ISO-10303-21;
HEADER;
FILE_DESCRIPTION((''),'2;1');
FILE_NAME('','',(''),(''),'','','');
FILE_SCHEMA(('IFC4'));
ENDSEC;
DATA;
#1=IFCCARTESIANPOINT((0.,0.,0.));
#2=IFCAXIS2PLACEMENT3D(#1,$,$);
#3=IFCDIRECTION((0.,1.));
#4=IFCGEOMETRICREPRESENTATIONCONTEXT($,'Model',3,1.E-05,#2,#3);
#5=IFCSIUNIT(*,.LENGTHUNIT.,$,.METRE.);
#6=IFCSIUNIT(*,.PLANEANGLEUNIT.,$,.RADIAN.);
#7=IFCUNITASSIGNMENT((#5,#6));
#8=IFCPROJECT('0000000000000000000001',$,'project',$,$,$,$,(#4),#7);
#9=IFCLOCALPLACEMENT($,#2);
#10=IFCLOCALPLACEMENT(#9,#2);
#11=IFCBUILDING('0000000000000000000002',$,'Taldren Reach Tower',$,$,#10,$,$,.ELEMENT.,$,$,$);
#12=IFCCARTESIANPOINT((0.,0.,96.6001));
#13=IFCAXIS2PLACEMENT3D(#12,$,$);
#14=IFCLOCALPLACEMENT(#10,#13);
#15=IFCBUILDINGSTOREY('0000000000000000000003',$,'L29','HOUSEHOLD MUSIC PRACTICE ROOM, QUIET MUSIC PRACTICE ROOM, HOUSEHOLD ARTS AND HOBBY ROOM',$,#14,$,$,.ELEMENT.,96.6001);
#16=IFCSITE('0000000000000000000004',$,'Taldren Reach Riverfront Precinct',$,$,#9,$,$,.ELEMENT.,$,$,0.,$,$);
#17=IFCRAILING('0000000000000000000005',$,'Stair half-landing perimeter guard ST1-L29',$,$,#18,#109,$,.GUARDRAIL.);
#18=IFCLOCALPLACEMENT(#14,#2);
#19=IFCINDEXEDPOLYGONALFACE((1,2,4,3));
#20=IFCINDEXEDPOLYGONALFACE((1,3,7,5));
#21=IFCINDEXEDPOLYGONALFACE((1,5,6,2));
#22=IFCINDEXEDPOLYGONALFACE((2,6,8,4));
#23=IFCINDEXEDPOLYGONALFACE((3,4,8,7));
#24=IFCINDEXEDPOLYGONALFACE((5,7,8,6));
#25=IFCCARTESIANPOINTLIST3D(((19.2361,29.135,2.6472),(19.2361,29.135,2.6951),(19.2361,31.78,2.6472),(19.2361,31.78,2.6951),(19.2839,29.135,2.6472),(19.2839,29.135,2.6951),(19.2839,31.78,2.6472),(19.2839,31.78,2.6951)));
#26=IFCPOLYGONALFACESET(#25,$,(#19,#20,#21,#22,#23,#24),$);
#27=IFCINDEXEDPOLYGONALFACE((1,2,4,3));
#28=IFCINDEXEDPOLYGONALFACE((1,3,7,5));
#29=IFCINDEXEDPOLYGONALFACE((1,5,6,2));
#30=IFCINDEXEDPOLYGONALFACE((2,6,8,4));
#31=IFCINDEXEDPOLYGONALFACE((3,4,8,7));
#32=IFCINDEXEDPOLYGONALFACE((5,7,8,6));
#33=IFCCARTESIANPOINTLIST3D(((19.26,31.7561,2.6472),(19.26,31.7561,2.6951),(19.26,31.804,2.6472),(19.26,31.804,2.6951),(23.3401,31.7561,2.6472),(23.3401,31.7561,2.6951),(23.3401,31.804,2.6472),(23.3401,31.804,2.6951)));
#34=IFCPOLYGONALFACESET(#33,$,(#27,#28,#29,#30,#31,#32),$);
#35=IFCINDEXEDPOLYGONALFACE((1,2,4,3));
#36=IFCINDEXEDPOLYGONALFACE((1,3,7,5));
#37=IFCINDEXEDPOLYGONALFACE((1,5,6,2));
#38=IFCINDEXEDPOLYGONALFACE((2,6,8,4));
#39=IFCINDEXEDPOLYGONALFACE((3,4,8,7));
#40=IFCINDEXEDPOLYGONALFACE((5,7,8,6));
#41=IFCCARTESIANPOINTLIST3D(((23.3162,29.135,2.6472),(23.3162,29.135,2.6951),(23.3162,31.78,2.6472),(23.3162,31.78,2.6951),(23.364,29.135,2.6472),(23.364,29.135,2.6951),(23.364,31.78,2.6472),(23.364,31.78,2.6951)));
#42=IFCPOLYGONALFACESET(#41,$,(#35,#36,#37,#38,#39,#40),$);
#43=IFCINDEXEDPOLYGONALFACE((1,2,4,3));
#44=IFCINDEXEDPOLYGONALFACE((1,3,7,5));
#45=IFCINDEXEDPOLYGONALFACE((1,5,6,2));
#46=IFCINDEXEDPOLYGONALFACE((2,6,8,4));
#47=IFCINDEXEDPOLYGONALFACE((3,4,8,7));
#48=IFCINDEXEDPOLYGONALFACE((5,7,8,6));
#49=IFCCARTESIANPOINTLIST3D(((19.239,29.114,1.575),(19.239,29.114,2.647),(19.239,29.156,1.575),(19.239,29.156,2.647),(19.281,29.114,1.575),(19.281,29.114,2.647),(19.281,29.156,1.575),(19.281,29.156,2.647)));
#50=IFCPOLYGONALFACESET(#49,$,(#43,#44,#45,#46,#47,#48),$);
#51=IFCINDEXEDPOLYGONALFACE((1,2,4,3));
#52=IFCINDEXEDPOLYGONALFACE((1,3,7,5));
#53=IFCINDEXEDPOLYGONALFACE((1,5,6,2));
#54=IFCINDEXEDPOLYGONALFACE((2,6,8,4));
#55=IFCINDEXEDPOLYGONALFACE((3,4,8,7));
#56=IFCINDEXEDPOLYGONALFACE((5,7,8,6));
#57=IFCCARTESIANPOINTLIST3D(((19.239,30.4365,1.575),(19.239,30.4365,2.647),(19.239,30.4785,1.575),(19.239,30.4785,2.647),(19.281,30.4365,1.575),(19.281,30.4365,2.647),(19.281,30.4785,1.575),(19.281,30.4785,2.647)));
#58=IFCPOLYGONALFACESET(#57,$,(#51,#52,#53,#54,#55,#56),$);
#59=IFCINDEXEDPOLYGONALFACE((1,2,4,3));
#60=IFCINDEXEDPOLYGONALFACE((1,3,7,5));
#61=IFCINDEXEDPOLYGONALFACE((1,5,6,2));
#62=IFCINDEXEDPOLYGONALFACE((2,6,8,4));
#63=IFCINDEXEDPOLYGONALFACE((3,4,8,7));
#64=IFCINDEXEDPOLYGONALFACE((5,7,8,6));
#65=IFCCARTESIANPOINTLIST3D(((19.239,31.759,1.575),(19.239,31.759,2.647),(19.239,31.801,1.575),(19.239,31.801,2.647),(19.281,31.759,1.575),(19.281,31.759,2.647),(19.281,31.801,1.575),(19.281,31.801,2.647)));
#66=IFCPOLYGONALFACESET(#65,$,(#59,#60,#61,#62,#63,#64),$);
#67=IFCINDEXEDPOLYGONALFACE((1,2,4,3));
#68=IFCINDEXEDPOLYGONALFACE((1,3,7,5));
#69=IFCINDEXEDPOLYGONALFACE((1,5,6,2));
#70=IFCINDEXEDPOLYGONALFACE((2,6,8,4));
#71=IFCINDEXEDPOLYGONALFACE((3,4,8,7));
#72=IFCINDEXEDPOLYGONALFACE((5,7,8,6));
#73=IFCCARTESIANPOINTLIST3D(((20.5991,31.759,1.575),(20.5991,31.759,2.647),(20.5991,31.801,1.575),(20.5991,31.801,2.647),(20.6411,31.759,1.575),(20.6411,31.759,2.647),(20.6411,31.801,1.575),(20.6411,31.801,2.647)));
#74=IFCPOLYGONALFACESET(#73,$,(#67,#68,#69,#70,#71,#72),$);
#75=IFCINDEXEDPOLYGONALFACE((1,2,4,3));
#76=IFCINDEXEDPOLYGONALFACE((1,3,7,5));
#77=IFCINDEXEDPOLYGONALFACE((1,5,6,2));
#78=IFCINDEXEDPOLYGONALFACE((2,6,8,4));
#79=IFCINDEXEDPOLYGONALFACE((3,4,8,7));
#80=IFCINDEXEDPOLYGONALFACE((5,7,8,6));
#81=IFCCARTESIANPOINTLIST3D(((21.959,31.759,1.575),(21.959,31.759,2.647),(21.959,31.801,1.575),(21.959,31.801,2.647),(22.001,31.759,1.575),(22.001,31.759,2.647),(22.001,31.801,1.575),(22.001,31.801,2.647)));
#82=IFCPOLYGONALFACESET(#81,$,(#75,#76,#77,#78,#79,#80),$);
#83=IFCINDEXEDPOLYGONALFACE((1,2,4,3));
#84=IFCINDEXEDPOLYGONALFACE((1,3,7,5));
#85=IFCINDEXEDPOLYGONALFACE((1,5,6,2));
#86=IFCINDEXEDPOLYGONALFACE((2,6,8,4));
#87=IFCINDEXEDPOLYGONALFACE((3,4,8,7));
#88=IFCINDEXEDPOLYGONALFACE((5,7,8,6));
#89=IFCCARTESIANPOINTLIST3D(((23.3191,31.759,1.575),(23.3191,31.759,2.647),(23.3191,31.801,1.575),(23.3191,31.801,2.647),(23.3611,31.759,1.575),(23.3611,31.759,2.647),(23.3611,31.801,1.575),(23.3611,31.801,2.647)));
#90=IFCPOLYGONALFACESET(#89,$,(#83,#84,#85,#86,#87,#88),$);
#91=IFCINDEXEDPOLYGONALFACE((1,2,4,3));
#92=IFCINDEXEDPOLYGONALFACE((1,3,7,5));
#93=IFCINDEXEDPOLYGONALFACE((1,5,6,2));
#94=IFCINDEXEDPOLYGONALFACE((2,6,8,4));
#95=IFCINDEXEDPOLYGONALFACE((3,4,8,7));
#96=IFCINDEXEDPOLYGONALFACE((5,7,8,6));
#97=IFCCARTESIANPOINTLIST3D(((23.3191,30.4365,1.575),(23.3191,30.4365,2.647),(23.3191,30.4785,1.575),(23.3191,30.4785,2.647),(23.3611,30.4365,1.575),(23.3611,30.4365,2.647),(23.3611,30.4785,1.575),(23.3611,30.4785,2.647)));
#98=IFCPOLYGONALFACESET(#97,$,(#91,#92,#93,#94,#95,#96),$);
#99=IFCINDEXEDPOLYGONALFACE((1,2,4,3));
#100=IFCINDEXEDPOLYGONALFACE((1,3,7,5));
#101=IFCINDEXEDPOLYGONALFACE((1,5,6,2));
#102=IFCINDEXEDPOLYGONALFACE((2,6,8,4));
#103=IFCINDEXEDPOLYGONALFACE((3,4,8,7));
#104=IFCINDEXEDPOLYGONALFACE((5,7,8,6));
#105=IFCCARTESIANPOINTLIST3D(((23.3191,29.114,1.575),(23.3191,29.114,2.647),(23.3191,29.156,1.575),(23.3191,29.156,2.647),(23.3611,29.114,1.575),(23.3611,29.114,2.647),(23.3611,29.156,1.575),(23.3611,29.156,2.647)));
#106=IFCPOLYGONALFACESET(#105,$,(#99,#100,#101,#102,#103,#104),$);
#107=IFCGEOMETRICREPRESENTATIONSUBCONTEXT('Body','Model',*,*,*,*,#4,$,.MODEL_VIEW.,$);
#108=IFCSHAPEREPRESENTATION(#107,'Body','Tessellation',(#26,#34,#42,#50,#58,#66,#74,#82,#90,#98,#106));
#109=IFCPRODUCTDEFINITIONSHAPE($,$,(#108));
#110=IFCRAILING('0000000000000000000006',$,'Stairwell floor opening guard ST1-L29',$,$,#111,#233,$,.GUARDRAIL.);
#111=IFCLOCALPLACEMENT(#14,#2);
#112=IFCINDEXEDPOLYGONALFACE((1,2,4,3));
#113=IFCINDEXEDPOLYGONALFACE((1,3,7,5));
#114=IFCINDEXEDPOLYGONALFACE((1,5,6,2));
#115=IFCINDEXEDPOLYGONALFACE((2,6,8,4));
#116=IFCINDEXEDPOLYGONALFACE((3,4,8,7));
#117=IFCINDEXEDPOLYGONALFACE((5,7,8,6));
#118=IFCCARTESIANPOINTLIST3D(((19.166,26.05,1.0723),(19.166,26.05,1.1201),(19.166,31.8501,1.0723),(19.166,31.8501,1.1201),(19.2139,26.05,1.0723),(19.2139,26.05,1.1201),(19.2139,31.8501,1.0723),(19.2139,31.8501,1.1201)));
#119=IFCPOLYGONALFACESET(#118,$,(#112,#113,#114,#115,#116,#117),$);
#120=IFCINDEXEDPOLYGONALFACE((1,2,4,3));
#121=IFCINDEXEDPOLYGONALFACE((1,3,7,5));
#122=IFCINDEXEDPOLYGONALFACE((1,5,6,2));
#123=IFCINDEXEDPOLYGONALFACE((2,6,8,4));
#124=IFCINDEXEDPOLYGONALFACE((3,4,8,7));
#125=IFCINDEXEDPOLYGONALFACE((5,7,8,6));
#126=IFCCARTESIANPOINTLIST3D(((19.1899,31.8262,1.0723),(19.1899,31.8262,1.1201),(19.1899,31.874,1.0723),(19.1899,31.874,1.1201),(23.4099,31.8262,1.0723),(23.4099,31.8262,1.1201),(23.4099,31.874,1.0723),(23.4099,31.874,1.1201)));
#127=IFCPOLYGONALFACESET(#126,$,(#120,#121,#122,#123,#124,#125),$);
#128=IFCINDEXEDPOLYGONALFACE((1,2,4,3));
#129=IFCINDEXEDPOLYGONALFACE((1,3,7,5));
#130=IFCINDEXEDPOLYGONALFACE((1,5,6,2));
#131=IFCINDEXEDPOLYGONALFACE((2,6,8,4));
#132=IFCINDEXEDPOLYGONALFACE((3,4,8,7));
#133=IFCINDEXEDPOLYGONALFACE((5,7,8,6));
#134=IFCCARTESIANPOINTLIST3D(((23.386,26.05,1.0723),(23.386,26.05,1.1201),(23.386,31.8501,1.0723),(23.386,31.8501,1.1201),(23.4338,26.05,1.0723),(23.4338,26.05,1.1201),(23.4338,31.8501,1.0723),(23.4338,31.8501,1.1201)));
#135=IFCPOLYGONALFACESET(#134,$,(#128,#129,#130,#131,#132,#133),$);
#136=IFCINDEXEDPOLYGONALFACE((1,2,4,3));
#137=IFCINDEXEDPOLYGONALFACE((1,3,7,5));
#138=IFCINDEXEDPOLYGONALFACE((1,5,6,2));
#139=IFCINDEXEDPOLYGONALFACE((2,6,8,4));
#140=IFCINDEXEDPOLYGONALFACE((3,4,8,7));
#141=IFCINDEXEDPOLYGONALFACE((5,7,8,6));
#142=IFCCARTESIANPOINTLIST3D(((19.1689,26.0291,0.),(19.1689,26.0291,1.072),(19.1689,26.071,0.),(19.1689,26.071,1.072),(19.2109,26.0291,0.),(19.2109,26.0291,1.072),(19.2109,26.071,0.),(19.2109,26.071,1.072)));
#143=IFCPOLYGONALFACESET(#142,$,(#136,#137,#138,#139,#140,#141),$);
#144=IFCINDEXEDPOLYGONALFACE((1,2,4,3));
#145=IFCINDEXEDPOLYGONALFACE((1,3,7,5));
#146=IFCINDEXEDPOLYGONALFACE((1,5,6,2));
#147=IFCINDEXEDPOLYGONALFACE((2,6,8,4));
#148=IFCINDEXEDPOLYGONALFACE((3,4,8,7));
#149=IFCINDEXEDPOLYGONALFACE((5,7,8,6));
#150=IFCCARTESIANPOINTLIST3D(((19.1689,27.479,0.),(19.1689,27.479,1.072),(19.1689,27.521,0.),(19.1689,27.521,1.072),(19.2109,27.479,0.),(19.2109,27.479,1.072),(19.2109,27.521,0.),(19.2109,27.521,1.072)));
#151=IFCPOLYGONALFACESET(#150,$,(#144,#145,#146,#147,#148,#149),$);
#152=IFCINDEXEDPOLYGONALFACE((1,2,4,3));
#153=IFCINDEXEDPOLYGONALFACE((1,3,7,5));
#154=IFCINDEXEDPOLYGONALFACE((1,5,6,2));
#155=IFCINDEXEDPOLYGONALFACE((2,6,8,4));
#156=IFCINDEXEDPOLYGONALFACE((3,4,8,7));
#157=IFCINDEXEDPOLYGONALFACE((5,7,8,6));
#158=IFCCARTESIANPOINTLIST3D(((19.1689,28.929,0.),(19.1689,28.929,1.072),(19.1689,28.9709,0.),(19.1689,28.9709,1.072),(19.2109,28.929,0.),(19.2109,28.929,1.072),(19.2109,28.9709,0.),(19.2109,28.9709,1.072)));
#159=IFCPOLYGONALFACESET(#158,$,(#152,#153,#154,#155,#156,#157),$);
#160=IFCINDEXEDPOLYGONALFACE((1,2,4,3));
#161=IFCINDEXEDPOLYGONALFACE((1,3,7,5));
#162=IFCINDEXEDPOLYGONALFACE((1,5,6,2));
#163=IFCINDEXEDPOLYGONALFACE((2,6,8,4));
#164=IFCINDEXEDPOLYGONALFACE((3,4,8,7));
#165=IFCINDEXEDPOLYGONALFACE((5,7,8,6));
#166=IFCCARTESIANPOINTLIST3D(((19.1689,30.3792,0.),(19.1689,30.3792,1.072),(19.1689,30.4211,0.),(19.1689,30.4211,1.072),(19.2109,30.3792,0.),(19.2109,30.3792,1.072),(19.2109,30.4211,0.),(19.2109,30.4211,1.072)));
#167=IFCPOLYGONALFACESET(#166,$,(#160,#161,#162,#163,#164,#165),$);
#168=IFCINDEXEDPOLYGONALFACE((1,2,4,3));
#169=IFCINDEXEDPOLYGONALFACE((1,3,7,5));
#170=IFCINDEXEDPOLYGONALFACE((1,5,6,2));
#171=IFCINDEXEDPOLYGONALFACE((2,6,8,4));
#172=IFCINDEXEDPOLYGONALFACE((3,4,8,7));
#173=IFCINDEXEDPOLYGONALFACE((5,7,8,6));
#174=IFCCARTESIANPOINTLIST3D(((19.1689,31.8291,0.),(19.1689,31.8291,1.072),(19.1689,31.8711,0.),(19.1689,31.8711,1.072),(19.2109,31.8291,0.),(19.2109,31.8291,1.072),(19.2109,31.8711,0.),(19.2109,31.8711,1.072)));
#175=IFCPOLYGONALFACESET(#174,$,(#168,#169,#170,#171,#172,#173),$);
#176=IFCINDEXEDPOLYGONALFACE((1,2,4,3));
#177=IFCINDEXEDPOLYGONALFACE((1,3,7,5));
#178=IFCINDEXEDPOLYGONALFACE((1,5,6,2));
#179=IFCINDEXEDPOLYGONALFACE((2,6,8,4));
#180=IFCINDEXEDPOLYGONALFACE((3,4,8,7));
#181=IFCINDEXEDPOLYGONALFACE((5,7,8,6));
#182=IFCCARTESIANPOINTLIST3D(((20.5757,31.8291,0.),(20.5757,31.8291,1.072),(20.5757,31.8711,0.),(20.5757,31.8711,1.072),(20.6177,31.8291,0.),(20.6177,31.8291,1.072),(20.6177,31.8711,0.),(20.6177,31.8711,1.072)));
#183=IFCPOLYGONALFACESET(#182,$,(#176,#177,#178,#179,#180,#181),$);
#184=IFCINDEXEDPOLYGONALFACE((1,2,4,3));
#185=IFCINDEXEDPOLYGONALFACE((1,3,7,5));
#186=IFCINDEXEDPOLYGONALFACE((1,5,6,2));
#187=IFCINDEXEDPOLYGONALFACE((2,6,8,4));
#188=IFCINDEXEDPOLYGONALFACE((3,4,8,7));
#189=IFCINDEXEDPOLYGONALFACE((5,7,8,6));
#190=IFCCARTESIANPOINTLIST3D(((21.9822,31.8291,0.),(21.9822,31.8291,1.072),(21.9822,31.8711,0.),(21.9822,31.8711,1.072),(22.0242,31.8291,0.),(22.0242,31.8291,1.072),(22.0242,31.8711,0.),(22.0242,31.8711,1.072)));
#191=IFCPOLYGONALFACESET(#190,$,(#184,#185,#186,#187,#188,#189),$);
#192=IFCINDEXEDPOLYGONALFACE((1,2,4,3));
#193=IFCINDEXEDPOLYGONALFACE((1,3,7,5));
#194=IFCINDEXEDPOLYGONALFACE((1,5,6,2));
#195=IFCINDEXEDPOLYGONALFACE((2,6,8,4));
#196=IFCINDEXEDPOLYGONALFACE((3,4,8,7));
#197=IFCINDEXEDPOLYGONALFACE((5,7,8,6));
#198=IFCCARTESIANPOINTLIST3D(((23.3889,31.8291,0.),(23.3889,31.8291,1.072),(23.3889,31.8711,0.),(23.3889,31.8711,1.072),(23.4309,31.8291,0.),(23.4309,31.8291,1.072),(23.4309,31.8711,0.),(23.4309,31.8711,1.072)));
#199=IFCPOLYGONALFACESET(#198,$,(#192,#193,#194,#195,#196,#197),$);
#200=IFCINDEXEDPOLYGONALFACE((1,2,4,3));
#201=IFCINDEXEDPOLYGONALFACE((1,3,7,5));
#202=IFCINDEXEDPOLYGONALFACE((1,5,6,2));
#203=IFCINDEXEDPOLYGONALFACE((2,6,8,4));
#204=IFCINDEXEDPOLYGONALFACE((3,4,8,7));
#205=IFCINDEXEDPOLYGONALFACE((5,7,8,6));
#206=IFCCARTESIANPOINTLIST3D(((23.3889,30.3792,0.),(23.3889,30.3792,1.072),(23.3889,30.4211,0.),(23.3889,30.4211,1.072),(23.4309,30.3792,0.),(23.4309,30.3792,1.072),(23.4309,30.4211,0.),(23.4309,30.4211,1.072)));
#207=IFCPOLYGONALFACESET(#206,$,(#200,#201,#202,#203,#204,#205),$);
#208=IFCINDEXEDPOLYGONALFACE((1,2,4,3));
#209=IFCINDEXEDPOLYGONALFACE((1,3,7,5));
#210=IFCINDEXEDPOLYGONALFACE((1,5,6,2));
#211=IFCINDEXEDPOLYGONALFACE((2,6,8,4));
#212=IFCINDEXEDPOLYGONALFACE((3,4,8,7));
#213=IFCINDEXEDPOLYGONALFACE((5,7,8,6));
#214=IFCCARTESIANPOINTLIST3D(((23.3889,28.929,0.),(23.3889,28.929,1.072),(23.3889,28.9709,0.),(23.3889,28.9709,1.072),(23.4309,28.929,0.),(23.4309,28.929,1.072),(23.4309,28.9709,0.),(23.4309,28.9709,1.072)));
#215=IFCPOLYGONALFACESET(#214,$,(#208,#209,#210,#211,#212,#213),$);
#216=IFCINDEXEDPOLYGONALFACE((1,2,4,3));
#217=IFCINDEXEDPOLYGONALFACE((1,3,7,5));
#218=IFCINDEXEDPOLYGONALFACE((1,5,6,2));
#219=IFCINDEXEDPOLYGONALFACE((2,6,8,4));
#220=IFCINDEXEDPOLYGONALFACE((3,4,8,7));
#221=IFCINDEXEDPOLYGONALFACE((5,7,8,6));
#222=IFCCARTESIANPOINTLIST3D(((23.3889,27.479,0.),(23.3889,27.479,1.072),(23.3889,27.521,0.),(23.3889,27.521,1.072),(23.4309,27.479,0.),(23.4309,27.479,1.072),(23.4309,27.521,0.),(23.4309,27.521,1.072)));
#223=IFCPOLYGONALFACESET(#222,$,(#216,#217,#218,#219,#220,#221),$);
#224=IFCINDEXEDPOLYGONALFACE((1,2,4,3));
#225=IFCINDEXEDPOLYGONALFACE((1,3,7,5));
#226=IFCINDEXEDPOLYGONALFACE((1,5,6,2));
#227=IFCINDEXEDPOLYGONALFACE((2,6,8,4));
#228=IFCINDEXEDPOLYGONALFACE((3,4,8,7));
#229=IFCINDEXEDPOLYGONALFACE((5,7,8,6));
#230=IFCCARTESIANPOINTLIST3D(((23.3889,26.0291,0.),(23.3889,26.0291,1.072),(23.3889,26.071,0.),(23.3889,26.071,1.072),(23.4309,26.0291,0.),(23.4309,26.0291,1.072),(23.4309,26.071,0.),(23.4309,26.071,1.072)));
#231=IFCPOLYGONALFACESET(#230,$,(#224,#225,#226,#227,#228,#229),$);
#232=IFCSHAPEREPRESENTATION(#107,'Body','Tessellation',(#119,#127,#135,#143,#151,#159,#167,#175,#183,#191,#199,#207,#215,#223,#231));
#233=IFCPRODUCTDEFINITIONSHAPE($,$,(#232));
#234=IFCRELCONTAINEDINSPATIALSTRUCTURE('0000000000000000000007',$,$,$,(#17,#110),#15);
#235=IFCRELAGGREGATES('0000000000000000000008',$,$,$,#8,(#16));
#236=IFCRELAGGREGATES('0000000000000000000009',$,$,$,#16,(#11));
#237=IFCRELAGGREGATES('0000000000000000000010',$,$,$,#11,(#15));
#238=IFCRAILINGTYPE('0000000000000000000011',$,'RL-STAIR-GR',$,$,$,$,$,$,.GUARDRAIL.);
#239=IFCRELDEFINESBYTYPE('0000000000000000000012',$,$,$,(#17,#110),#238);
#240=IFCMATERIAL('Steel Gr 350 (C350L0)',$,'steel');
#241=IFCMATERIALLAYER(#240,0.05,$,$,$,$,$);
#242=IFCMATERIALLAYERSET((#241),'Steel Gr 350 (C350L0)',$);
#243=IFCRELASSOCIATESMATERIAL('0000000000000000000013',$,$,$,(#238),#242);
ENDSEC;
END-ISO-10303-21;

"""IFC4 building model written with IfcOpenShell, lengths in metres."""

from ifc_helpers import new_model, si_unit, direction, frame, origin, origin_2d, place, context, subcontext, project, spatial, rectangle, extrude, material, layer, layer_set, type_object, element, save


model = new_model("IFC4")

# Units and contexts
model_context = context("Model", 3, precision=1e-05, world=origin(), true_north=direction((0.0, 1.0)))
body_context = subcontext(model_context, "Body", "Model", "MODEL_VIEW")
ifc_project = project(units=[si_unit("LENGTHUNIT", "METRE"), si_unit("PLANEANGLEUNIT", "RADIAN")], contexts=[model_context])

# Site, building, storey
site_placement = place(None, origin())
site = spatial("IfcSite", under=ifc_project, at=site_placement, Name="Taldren Reach Riverfront Precinct", CompositionType="ELEMENT", RefElevation=0.0)
building_placement = place(site_placement, origin())
building = spatial("IfcBuilding", under=site, at=building_placement, Name="Taldren Reach Tower", CompositionType="ELEMENT")
storey_placement = place(building_placement, frame((0.0, 0.0, 96.6001)))
storey = spatial("IfcBuildingStorey", under=building, at=storey_placement, Name="L29", Description="HOUSEHOLD MUSIC PRACTICE ROOM, QUIET MUSIC PRACTICE ROOM, HOUSEHOLD ARTS AND HOBBY ROOM", CompositionType="ELEMENT", Elevation=96.6001)

# Shared definitions
ifc_material_1 = material(Name="Steel Gr 350 (C350L0)", Category="steel")

# Railings
ifc_layer_1 = layer(ifc_material_1, 0.05)
ifc_layer_set_1 = layer_set([ifc_layer_1], Name="Steel Gr 350 (C350L0)")
railing_type_1 = type_object("IfcRailingType", Name="RL-STAIR-GR", PredefinedType="GUARDRAIL", material=ifc_layer_set_1)
railing_1_placement = place(storey_placement, frame((19.26, 29.135, 1.575)))
element("IfcRailing", 1, at=railing_1_placement, inside=storey, type_object=railing_type_1, Name="Stair half-landing perimeter guard ST1-L29", PredefinedType="GUARDRAIL", context=body_context, shape_type="SweptSolid", body=[
    extrude(rectangle(XDim=0.0479, YDim=0.0479, at=origin_2d()), frame((0.0, 0.0, 1.0962), z_axis=(0.0, 1.0, 0.0), x_axis=(-1.0, 0.0, 0.0)), (0.0, 0.0, 1.0), 2.645),
    extrude(rectangle(XDim=0.0479, YDim=0.0479, at=origin_2d()), frame((0.0, 2.645, 1.0962), z_axis=(1.0, 0.0, 0.0), x_axis=(0.0, 1.0, 0.0)), (0.0, 0.0, 1.0), 4.0801),
    extrude(rectangle(XDim=0.0479, YDim=0.0479, at=origin_2d()), frame((4.0801, 2.645, 1.0962), z_axis=(0.0, -1.0, 0.0), x_axis=(1.0, 0.0, 0.0)), (0.0, 0.0, 1.0), 2.645),
    extrude(rectangle(XDim=0.042, YDim=0.042, at=origin_2d()), origin(), (0.0, 0.0, 1.0), 1.072),
    extrude(rectangle(XDim=0.042, YDim=0.042, at=origin_2d()), frame((0.0, 1.3225, 0.0)), (0.0, 0.0, 1.0), 1.072),
    extrude(rectangle(XDim=0.042, YDim=0.042, at=origin_2d()), frame((0.0, 2.645, 0.0)), (0.0, 0.0, 1.0), 1.072),
    extrude(rectangle(XDim=0.042, YDim=0.042, at=origin_2d()), frame((1.3601, 2.645, 0.0)), (0.0, 0.0, 1.0), 1.072),
    extrude(rectangle(XDim=0.042, YDim=0.042, at=origin_2d()), frame((2.72, 2.645, 0.0)), (0.0, 0.0, 1.0), 1.072),
    extrude(rectangle(XDim=0.042, YDim=0.042, at=origin_2d()), frame((4.0801, 2.645, 0.0)), (0.0, 0.0, 1.0), 1.072),
    extrude(rectangle(XDim=0.042, YDim=0.042, at=origin_2d()), frame((4.0801, 1.3225, 0.0)), (0.0, 0.0, 1.0), 1.072),
    extrude(rectangle(XDim=0.042, YDim=0.042, at=origin_2d()), frame((4.0801, 0.0, 0.0)), (0.0, 0.0, 1.0), 1.072),
])
railing_2_placement = place(storey_placement, frame((19.1899, 26.05, 0.0)))
element("IfcRailing", 2, at=railing_2_placement, inside=storey, type_object=railing_type_1, Name="Stairwell floor opening guard ST1-L29", PredefinedType="GUARDRAIL", context=body_context, shape_type="SweptSolid", body=[
    extrude(rectangle(XDim=0.0479, YDim=0.0479, at=origin_2d()), frame((0.0, 0.0, 1.0962), z_axis=(0.0, 1.0, 0.0), x_axis=(-1.0, 0.0, 0.0)), (0.0, 0.0, 1.0), 5.8),
    extrude(rectangle(XDim=0.0479, YDim=0.0479, at=origin_2d()), frame((0.0, 5.8, 1.0962), z_axis=(1.0, 0.0, 0.0), x_axis=(0.0, 1.0, 0.0)), (0.0, 0.0, 1.0), 4.22),
    extrude(rectangle(XDim=0.0479, YDim=0.0479, at=origin_2d()), frame((4.22, 5.8, 1.0962), z_axis=(0.0, -1.0, 0.0), x_axis=(1.0, 0.0, 0.0)), (0.0, 0.0, 1.0), 5.8),
    extrude(rectangle(XDim=0.042, YDim=0.042, at=origin_2d()), origin(), (0.0, 0.0, 1.0), 1.072),
    extrude(rectangle(XDim=0.042, YDim=0.042, at=origin_2d()), frame((0.0, 1.45, 0.0)), (0.0, 0.0, 1.0), 1.072),
    extrude(rectangle(XDim=0.042, YDim=0.042, at=origin_2d()), frame((0.0, 2.8999, 0.0)), (0.0, 0.0, 1.0), 1.072),
    extrude(rectangle(XDim=0.042, YDim=0.042, at=origin_2d()), frame((0.0, 4.3501, 0.0)), (0.0, 0.0, 1.0), 1.072),
    extrude(rectangle(XDim=0.042, YDim=0.042, at=origin_2d()), frame((0.0, 5.8, 0.0)), (0.0, 0.0, 1.0), 1.072),
    extrude(rectangle(XDim=0.042, YDim=0.042, at=origin_2d()), frame((1.4067, 5.8, 0.0)), (0.0, 0.0, 1.0), 1.072),
    extrude(rectangle(XDim=0.042, YDim=0.042, at=origin_2d()), frame((2.8132, 5.8, 0.0)), (0.0, 0.0, 1.0), 1.072),
    extrude(rectangle(XDim=0.042, YDim=0.042, at=origin_2d()), frame((4.22, 5.8, 0.0)), (0.0, 0.0, 1.0), 1.072),
    extrude(rectangle(XDim=0.042, YDim=0.042, at=origin_2d()), frame((4.22, 4.3501, 0.0)), (0.0, 0.0, 1.0), 1.072),
    extrude(rectangle(XDim=0.042, YDim=0.042, at=origin_2d()), frame((4.22, 2.8999, 0.0)), (0.0, 0.0, 1.0), 1.072),
    extrude(rectangle(XDim=0.042, YDim=0.042, at=origin_2d()), frame((4.22, 1.45, 0.0)), (0.0, 0.0, 1.0), 1.072),
    extrude(rectangle(XDim=0.042, YDim=0.042, at=origin_2d()), frame((4.22, 0.0, 0.0)), (0.0, 0.0, 1.0), 1.072),
])

save(model, "model.ifc")
